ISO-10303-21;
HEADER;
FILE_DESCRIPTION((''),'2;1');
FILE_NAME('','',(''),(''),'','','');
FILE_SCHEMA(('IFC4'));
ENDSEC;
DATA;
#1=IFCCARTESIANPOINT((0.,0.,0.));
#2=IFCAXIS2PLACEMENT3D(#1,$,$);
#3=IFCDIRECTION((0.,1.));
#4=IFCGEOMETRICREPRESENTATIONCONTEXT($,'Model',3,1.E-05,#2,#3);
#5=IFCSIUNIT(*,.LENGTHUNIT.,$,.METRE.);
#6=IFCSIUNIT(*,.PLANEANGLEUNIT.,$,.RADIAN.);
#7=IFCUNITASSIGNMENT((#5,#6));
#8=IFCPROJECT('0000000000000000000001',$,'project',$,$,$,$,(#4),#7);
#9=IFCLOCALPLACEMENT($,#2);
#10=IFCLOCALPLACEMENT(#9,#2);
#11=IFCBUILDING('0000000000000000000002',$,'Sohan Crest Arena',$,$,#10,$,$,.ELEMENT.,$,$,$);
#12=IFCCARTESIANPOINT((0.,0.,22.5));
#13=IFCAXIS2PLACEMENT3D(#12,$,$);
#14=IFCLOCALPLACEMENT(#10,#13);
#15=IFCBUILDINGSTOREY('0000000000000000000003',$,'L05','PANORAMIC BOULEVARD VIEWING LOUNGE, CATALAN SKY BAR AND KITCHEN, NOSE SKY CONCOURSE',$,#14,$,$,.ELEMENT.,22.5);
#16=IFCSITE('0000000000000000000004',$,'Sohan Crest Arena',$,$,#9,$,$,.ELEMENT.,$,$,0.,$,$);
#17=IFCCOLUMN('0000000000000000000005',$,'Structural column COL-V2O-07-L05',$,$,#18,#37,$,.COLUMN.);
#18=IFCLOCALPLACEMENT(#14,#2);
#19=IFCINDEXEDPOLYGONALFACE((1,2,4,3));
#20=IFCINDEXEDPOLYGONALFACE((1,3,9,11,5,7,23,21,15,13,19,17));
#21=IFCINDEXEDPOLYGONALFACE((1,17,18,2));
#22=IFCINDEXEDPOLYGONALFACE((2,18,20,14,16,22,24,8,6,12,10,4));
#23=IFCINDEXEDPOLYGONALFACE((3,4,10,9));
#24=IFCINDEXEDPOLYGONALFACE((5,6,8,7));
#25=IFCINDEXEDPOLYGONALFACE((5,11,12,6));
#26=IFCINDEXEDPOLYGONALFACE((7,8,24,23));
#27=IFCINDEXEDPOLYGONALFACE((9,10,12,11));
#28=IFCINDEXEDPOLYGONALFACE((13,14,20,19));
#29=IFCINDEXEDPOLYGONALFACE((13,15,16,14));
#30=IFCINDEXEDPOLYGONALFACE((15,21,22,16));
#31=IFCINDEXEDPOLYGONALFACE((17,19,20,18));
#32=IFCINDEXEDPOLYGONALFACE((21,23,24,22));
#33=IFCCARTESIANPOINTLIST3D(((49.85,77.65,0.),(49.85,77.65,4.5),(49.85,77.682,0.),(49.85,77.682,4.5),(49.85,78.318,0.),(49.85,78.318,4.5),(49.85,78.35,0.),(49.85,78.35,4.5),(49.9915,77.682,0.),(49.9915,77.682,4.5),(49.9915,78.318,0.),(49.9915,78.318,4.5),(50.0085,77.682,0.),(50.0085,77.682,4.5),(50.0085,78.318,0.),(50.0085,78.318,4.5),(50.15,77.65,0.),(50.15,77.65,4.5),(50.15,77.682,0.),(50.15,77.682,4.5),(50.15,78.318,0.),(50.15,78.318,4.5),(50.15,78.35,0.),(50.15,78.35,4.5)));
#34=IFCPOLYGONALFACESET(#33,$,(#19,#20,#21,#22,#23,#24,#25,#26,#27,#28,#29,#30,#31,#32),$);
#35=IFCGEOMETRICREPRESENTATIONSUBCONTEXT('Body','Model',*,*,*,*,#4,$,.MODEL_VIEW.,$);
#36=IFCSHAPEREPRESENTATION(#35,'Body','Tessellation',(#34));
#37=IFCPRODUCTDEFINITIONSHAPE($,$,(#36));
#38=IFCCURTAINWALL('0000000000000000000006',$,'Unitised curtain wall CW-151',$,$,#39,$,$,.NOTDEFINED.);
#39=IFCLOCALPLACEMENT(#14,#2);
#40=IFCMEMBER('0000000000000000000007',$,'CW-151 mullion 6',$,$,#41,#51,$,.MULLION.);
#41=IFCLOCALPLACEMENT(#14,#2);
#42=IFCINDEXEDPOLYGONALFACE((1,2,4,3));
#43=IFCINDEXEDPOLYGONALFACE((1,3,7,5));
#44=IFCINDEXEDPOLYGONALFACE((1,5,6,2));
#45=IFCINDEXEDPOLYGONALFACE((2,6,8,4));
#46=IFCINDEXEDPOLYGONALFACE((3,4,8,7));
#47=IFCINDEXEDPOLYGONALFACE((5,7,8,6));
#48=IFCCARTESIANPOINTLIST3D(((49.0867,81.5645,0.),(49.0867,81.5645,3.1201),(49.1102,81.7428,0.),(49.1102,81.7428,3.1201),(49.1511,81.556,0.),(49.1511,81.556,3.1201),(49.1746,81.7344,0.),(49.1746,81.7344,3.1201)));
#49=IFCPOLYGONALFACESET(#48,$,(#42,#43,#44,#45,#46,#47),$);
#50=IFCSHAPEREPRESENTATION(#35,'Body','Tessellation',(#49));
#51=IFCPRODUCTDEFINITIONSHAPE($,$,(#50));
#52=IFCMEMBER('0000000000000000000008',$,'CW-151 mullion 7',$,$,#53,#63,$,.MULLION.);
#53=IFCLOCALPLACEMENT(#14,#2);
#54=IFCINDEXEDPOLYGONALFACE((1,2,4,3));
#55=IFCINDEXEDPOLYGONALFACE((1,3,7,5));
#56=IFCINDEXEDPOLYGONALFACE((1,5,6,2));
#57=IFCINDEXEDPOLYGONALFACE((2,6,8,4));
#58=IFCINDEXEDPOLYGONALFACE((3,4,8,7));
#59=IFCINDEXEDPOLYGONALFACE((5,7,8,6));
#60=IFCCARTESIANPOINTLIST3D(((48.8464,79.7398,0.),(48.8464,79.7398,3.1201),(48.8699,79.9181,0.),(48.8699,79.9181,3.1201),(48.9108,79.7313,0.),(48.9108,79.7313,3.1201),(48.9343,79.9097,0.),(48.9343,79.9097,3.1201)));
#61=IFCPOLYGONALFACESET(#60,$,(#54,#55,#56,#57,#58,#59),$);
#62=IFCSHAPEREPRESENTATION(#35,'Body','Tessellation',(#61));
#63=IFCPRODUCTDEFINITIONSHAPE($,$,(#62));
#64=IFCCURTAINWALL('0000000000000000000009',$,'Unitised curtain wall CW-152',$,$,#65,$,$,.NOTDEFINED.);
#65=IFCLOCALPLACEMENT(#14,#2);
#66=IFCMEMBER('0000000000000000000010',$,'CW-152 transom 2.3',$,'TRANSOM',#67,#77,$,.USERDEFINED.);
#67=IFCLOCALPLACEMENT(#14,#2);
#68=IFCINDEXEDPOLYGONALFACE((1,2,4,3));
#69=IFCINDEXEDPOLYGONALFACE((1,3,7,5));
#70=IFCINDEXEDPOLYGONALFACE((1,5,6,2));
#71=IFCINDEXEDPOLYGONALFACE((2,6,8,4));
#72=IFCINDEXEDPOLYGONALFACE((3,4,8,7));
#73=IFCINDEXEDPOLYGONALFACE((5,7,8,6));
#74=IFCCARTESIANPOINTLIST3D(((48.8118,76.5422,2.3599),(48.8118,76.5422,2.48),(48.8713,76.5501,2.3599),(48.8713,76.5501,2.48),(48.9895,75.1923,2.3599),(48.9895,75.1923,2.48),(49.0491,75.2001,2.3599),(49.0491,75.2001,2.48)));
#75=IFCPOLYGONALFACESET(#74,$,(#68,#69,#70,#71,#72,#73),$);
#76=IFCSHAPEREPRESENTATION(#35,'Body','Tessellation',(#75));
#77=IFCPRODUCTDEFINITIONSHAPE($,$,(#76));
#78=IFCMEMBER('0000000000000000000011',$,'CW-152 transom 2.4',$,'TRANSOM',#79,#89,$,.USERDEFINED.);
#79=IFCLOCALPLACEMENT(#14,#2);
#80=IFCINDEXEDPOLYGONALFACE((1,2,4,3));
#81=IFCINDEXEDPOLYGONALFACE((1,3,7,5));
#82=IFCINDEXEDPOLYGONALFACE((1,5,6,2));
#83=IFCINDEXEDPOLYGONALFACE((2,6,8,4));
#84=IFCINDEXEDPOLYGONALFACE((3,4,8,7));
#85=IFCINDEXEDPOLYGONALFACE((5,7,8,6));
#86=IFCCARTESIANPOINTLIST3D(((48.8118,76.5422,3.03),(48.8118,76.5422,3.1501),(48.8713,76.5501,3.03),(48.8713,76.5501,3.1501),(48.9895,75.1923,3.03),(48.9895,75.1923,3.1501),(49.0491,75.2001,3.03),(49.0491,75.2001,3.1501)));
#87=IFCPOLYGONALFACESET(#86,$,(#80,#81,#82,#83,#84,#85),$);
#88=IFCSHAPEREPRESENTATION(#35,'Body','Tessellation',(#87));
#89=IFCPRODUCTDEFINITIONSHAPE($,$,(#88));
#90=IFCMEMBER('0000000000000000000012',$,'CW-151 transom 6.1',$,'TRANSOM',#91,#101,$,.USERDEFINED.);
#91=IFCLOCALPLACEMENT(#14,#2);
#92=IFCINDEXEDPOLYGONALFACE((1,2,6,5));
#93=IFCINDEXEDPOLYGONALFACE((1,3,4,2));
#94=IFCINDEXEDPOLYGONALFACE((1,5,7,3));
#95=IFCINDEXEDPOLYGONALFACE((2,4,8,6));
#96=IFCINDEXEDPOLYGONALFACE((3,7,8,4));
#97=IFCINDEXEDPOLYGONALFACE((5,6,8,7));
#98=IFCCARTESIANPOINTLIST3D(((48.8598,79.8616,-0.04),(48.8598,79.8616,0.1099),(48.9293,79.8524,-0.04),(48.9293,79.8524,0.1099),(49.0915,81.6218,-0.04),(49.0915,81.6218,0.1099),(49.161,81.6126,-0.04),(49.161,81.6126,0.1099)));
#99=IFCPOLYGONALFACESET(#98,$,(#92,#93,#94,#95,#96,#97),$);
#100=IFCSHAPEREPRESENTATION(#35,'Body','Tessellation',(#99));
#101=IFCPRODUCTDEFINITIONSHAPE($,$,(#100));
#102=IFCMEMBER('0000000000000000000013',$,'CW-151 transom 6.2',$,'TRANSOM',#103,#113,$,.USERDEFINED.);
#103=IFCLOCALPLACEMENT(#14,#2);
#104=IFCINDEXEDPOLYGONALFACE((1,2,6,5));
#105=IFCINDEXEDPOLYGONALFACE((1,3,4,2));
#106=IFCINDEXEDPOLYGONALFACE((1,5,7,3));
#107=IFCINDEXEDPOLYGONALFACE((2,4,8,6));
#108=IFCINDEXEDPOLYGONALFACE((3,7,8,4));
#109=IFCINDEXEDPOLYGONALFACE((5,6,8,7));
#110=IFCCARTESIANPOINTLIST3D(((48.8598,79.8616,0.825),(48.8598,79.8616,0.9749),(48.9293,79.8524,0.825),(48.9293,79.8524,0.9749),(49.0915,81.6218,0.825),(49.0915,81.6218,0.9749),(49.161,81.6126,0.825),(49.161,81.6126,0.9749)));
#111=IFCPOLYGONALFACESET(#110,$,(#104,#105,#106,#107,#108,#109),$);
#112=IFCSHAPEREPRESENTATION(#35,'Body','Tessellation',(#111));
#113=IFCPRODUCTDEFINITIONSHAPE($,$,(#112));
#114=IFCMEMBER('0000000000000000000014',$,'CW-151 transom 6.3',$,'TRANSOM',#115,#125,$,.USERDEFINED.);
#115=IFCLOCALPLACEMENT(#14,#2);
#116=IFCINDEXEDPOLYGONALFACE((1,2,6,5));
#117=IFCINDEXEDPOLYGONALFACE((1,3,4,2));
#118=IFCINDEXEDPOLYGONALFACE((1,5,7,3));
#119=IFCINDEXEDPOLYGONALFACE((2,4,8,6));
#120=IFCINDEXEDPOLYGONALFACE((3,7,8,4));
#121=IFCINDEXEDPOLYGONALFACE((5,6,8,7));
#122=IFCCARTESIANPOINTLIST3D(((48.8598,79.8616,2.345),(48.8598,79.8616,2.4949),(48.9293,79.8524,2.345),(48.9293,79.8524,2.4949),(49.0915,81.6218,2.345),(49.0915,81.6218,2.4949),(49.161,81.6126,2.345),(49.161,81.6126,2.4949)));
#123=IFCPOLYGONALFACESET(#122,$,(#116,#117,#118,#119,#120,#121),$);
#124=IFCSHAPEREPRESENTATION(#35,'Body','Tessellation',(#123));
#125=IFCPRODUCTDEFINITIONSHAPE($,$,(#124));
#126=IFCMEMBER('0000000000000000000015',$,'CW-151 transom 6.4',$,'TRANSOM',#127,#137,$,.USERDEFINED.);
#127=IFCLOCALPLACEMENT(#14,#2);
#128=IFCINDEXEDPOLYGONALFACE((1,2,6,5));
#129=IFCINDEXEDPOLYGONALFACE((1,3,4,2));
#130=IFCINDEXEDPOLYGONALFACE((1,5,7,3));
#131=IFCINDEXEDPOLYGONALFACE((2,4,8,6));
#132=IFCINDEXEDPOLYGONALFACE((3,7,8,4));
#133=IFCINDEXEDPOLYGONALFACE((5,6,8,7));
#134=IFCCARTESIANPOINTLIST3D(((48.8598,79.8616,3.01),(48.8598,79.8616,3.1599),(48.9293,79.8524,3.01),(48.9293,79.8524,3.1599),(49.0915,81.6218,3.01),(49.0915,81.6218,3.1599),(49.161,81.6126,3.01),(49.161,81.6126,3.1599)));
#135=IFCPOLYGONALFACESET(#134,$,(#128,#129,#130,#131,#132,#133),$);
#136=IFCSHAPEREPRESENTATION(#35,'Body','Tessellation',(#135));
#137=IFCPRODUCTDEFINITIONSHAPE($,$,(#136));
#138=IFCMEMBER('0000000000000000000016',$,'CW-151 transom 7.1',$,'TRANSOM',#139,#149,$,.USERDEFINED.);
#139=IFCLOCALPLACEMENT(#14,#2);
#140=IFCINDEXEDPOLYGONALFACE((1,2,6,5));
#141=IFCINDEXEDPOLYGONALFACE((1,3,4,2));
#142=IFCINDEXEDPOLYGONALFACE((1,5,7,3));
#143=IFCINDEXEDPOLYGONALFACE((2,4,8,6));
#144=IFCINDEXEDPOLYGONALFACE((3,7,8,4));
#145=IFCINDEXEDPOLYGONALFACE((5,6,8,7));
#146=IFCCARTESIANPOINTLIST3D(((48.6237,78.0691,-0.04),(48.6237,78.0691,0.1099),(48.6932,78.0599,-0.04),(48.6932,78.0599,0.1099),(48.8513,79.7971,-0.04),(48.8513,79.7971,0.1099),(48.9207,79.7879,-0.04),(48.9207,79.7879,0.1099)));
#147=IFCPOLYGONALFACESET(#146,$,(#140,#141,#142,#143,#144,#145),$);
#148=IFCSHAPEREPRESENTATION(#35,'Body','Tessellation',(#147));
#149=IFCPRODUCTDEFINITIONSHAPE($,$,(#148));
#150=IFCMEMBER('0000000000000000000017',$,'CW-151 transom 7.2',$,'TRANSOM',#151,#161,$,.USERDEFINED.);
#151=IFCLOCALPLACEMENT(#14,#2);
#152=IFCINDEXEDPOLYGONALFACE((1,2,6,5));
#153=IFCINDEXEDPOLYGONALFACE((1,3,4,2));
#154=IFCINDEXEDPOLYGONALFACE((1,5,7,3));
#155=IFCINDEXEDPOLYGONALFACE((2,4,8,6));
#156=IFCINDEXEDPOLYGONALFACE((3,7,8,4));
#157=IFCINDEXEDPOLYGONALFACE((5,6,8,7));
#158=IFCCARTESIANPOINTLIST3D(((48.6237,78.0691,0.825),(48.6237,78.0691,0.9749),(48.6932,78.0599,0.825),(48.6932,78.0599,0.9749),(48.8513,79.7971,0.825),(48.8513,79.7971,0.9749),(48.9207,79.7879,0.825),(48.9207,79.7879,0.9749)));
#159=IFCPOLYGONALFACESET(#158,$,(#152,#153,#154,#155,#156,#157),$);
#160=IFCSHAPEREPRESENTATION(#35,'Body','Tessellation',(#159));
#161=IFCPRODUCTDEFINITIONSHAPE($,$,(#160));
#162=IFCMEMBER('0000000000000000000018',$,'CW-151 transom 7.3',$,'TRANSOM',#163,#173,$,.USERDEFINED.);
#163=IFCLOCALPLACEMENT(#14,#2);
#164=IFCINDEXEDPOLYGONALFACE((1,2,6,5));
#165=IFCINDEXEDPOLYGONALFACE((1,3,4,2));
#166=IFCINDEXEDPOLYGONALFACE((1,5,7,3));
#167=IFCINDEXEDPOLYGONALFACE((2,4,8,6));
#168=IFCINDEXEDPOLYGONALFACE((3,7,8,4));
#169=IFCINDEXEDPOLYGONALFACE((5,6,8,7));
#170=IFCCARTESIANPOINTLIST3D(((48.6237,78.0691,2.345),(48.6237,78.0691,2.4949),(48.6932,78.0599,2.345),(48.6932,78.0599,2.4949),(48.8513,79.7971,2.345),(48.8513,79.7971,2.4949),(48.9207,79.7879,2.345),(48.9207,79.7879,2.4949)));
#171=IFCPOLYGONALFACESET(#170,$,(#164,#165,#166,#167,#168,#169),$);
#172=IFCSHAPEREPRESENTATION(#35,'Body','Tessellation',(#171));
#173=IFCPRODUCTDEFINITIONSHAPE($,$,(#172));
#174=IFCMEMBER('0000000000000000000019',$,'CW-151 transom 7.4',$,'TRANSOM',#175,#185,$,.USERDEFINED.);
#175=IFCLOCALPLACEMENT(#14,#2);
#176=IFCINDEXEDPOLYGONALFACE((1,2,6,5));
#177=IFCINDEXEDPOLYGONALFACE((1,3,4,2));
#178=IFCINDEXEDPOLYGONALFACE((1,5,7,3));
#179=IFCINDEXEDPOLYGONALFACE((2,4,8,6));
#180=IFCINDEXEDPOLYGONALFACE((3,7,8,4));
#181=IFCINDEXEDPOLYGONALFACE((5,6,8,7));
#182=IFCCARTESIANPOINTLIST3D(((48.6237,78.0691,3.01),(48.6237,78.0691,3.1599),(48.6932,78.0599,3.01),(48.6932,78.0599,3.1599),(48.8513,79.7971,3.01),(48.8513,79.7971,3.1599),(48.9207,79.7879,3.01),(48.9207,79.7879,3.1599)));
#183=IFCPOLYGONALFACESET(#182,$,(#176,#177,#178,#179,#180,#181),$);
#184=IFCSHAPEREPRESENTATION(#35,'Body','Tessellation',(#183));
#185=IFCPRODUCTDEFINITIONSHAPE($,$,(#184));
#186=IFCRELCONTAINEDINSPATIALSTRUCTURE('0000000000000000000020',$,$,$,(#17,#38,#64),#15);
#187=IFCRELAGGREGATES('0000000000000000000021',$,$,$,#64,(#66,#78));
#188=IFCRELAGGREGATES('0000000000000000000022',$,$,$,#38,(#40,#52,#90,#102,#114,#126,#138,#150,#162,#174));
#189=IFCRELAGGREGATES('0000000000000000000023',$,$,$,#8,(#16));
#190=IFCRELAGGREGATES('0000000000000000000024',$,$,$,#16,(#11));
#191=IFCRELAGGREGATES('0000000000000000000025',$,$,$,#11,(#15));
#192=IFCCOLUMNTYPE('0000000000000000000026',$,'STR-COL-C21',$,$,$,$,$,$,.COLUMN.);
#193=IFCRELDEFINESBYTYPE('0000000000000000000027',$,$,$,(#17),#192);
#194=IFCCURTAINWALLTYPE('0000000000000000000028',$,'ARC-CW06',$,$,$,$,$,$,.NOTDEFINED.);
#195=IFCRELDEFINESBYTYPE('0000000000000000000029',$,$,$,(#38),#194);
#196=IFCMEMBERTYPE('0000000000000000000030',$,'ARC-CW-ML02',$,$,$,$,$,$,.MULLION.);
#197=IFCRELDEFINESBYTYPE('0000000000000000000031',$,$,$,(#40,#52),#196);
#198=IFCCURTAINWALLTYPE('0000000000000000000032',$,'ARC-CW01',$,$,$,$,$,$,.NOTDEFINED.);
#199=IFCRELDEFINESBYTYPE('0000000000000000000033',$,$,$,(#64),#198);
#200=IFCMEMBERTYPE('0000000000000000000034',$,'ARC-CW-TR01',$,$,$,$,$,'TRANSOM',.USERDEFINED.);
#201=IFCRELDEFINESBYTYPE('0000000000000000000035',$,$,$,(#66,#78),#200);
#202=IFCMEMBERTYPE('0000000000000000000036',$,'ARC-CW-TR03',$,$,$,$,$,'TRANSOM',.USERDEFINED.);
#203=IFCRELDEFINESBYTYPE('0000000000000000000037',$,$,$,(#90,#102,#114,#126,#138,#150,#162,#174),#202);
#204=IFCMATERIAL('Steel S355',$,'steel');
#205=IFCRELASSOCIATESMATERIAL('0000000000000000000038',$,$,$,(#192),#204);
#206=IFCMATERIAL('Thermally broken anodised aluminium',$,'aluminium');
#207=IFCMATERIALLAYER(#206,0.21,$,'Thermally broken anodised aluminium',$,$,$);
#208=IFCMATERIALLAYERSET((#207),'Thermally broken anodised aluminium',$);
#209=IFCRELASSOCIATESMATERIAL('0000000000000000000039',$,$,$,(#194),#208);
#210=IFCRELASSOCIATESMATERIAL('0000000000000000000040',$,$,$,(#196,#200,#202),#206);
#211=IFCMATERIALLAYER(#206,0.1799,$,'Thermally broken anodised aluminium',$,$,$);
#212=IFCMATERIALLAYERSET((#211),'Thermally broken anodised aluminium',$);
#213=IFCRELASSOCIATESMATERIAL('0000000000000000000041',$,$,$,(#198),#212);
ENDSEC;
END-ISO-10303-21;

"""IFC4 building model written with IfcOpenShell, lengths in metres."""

from ifc_helpers import new_model, si_unit, direction, frame, origin, origin_2d, place, context, subcontext, project, spatial, rectangle, i_section, extrude, material, layer, layer_set, material_profile, profile_set, type_object, element, aggregate, save


model = new_model("IFC4")

# Units and contexts
model_context = context("Model", 3, precision=1e-05, world=origin(), true_north=direction((0.0, 1.0)))
body_context = subcontext(model_context, "Body", "Model", "MODEL_VIEW")
ifc_project = project(units=[si_unit("LENGTHUNIT", "METRE"), si_unit("PLANEANGLEUNIT", "RADIAN")], contexts=[model_context])

# Site, building, storey
site_placement = place(None, origin())
site = spatial("IfcSite", under=ifc_project, at=site_placement, Name="Sohan Crest Arena", CompositionType="ELEMENT", RefElevation=0.0)
building_placement = place(site_placement, origin())
building = spatial("IfcBuilding", under=site, at=building_placement, Name="Sohan Crest Arena", CompositionType="ELEMENT")
storey_placement = place(building_placement, frame((0.0, 0.0, 22.5)))
storey = spatial("IfcBuildingStorey", under=building, at=storey_placement, Name="L05", Description="PANORAMIC BOULEVARD VIEWING LOUNGE, CATALAN SKY BAR AND KITCHEN, NOSE SKY CONCOURSE", CompositionType="ELEMENT", Elevation=22.5)

# Column
ifc_material_1 = material(Name="Steel S355", Category="steel")
ifc_material_profile_1 = material_profile(ifc_material_1, i_section(OverallWidth=0.3, OverallDepth=0.7, WebThickness=0.0171, FlangeThickness=0.032, at=origin_2d()), Name="HEB 700")
ifc_profile_set_1 = profile_set([ifc_material_profile_1], Name="Steel S355")
column_type = type_object("IfcColumnType", Name="STR-COL-C21", PredefinedType="COLUMN", material=ifc_profile_set_1)
column_placement = place(storey_placement, frame((50.0, 78.0, 0.0), z_axis=(0.0, 0.0, 1.0), x_axis=(1.0, 0.0, 0.0)))
element("IfcColumn", 1, at=column_placement, inside=storey, type_object=column_type, Name="Structural column COL-V2O-07-L05", PredefinedType="COLUMN", context=body_context, shape_type="SweptSolid", body=[
    extrude(i_section(OverallWidth=0.3, OverallDepth=0.7, WebThickness=0.0171, FlangeThickness=0.032, at=origin_2d()), origin(), (0.0, 0.0, 1.0), 4.5),
])

# Curtain walls, members
ifc_material_2 = material(Name="Thermally broken anodised aluminium", Category="aluminium")
ifc_layer_1 = layer(ifc_material_2, 0.21, Name="Thermally broken anodised aluminium")
ifc_layer_set_1 = layer_set([ifc_layer_1], Name="Thermally broken anodised aluminium")
curtain_wall_type_1 = type_object("IfcCurtainWallType", Name="ARC-CW06", PredefinedType="NOTDEFINED", material=ifc_layer_set_1)
curtain_wall_1_placement = place(storey_placement, origin())
curtain_wall_1 = element("IfcCurtainWall", 2, at=curtain_wall_1_placement, inside=storey, type_object=curtain_wall_type_1, Name="Unitised curtain wall CW-151", PredefinedType="NOTDEFINED")
ifc_material_profile_2 = material_profile(ifc_material_2, rectangle(XDim=0.0649, YDim=0.1799, at=origin_2d()), Name="ALU-MULL 65x180")
ifc_profile_set_2 = profile_set([ifc_material_profile_2], Name="Thermally broken anodised aluminium")
member_type_1 = type_object("IfcMemberType", Name="ARC-CW-ML02", PredefinedType="MULLION", material=ifc_profile_set_2)
member_1_placement = place(storey_placement, frame((49.1306, 81.6494, 0.0), z_axis=(0.0, 0.0, 1.0), x_axis=(0.991441, -0.130557, 0.0)))
member_1 = element("IfcMember", 3, at=member_1_placement, type_object=member_type_1, Name="CW-151 mullion 6", PredefinedType="MULLION", context=body_context, shape_type="SweptSolid", body=[
    extrude(rectangle(XDim=0.0649, YDim=0.1799, at=origin_2d()), origin(), (0.0, 0.0, 1.0), 3.1201),
])
member_2_placement = place(storey_placement, frame((48.8904, 79.8247, 0.0), z_axis=(0.0, 0.0, 1.0), x_axis=(0.991441, -0.130557, 0.0)))
member_2 = element("IfcMember", 4, at=member_2_placement, type_object=member_type_1, Name="CW-151 mullion 7", PredefinedType="MULLION", context=body_context, shape_type="SweptSolid", body=[
    extrude(rectangle(XDim=0.0649, YDim=0.1799, at=origin_2d()), origin(), (0.0, 0.0, 1.0), 3.1201),
])
ifc_layer_2 = layer(ifc_material_2, 0.1799, Name="Thermally broken anodised aluminium")
ifc_layer_set_2 = layer_set([ifc_layer_2], Name="Thermally broken anodised aluminium")
curtain_wall_type_2 = type_object("IfcCurtainWallType", Name="ARC-CW01", PredefinedType="NOTDEFINED", material=ifc_layer_set_2)
curtain_wall_2_placement = place(storey_placement, origin())
curtain_wall_2 = element("IfcCurtainWall", 5, at=curtain_wall_2_placement, inside=storey, type_object=curtain_wall_type_2, Name="Unitised curtain wall CW-152", PredefinedType="NOTDEFINED")
ifc_material_profile_3 = material_profile(ifc_material_2, rectangle(XDim=0.0601, YDim=0.1201, at=origin_2d()), Name="ALU-TRAN 60x120")
ifc_profile_set_3 = profile_set([ifc_material_profile_3], Name="Thermally broken anodised aluminium")
member_type_2 = type_object("IfcMemberType", Name="ARC-CW-TR01", ElementType="TRANSOM", PredefinedType="USERDEFINED", material=ifc_profile_set_3)
member_3_placement = place(storey_placement, frame((48.8416, 76.5461, 2.4199), z_axis=(0.130543, -0.991443, 0.0), x_axis=(0.991443, 0.130543, 0.0)))
member_3 = element("IfcMember", 6, at=member_3_placement, type_object=member_type_2, Name="CW-152 transom 2.3", ObjectType="TRANSOM", PredefinedType="USERDEFINED", context=body_context, shape_type="SweptSolid", body=[
    extrude(rectangle(XDim=0.0601, YDim=0.1201, at=origin_2d()), origin(), (0.0, 0.0, 1.0), 1.3616),
])
member_4_placement = place(storey_placement, frame((48.8416, 76.5461, 3.0901), z_axis=(0.130543, -0.991443, 0.0), x_axis=(0.991443, 0.130543, 0.0)))
member_4 = element("IfcMember", 7, at=member_4_placement, type_object=member_type_2, Name="CW-152 transom 2.4", ObjectType="TRANSOM", PredefinedType="USERDEFINED", context=body_context, shape_type="SweptSolid", body=[
    extrude(rectangle(XDim=0.0601, YDim=0.1201, at=origin_2d()), origin(), (0.0, 0.0, 1.0), 1.3616),
])
aggregate(curtain_wall_2, [member_3, member_4])

# Members
ifc_material_profile_4 = material_profile(ifc_material_2, rectangle(XDim=0.0701, YDim=0.1499, at=origin_2d()), Name="ALU-TRAN 70x150")
ifc_profile_set_4 = profile_set([ifc_material_profile_4], Name="Thermally broken anodised aluminium")
member_type_3 = type_object("IfcMemberType", Name="ARC-CW-TR03", ElementType="TRANSOM", PredefinedType="USERDEFINED", material=ifc_profile_set_4)
member_5_placement = place(storey_placement, frame((49.1262, 81.6172, 0.0349), z_axis=(-0.130497, -0.991449, 0.0), x_axis=(0.991449, -0.130497, 0.0)))
member_5 = element("IfcMember", 8, at=member_5_placement, type_object=member_type_3, Name="CW-151 transom 6.1", ObjectType="TRANSOM", PredefinedType="USERDEFINED", context=body_context, shape_type="SweptSolid", body=[
    extrude(rectangle(XDim=0.0701, YDim=0.1499, at=origin_2d()), origin(), (0.0, 0.0, 1.0), 1.7754),
])
member_6_placement = place(storey_placement, frame((49.1262, 81.6172, 0.8999), z_axis=(-0.130497, -0.991449, 0.0), x_axis=(0.991449, -0.130497, 0.0)))
member_6 = element("IfcMember", 9, at=member_6_placement, type_object=member_type_3, Name="CW-151 transom 6.2", ObjectType="TRANSOM", PredefinedType="USERDEFINED", context=body_context, shape_type="SweptSolid", body=[
    extrude(rectangle(XDim=0.0701, YDim=0.1499, at=origin_2d()), origin(), (0.0, 0.0, 1.0), 1.7754),
])
member_7_placement = place(storey_placement, frame((49.1262, 81.6172, 2.4199), z_axis=(-0.130497, -0.991449, 0.0), x_axis=(0.991449, -0.130497, 0.0)))
member_7 = element("IfcMember", 10, at=member_7_placement, type_object=member_type_3, Name="CW-151 transom 6.3", ObjectType="TRANSOM", PredefinedType="USERDEFINED", context=body_context, shape_type="SweptSolid", body=[
    extrude(rectangle(XDim=0.0701, YDim=0.1499, at=origin_2d()), origin(), (0.0, 0.0, 1.0), 1.7754),
])
member_8_placement = place(storey_placement, frame((49.1262, 81.6172, 3.085), z_axis=(-0.130497, -0.991449, 0.0), x_axis=(0.991449, -0.130497, 0.0)))
member_8 = element("IfcMember", 11, at=member_8_placement, type_object=member_type_3, Name="CW-151 transom 6.4", ObjectType="TRANSOM", PredefinedType="USERDEFINED", context=body_context, shape_type="SweptSolid", body=[
    extrude(rectangle(XDim=0.0701, YDim=0.1499, at=origin_2d()), origin(), (0.0, 0.0, 1.0), 1.7754),
])
member_9_placement = place(storey_placement, frame((48.886, 79.7925, 0.0349), z_axis=(-0.130549, -0.991442, 0.0), x_axis=(0.991442, -0.130549, 0.0)))
member_9 = element("IfcMember", 12, at=member_9_placement, type_object=member_type_3, Name="CW-151 transom 7.1", ObjectType="TRANSOM", PredefinedType="USERDEFINED", context=body_context, shape_type="SweptSolid", body=[
    extrude(rectangle(XDim=0.0701, YDim=0.1499, at=origin_2d()), origin(), (0.0, 0.0, 1.0), 1.7429),
])
member_10_placement = place(storey_placement, frame((48.886, 79.7925, 0.8999), z_axis=(-0.130549, -0.991442, 0.0), x_axis=(0.991442, -0.130549, 0.0)))
member_10 = element("IfcMember", 13, at=member_10_placement, type_object=member_type_3, Name="CW-151 transom 7.2", ObjectType="TRANSOM", PredefinedType="USERDEFINED", context=body_context, shape_type="SweptSolid", body=[
    extrude(rectangle(XDim=0.0701, YDim=0.1499, at=origin_2d()), origin(), (0.0, 0.0, 1.0), 1.7429),
])
member_11_placement = place(storey_placement, frame((48.886, 79.7925, 2.4199), z_axis=(-0.130549, -0.991442, 0.0), x_axis=(0.991442, -0.130549, 0.0)))
member_11 = element("IfcMember", 14, at=member_11_placement, type_object=member_type_3, Name="CW-151 transom 7.3", ObjectType="TRANSOM", PredefinedType="USERDEFINED", context=body_context, shape_type="SweptSolid", body=[
    extrude(rectangle(XDim=0.0701, YDim=0.1499, at=origin_2d()), origin(), (0.0, 0.0, 1.0), 1.7429),
])
member_12_placement = place(storey_placement, frame((48.886, 79.7925, 3.085), z_axis=(-0.130549, -0.991442, 0.0), x_axis=(0.991442, -0.130549, 0.0)))
member_12 = element("IfcMember", 15, at=member_12_placement, type_object=member_type_3, Name="CW-151 transom 7.4", ObjectType="TRANSOM", PredefinedType="USERDEFINED", context=body_context, shape_type="SweptSolid", body=[
    extrude(rectangle(XDim=0.0701, YDim=0.1499, at=origin_2d()), origin(), (0.0, 0.0, 1.0), 1.7429),
])

aggregate(curtain_wall_1, [member_1, member_2, member_5, member_6, member_7, member_8, member_9, member_10, member_11, member_12])

save(model, "model.ifc")
